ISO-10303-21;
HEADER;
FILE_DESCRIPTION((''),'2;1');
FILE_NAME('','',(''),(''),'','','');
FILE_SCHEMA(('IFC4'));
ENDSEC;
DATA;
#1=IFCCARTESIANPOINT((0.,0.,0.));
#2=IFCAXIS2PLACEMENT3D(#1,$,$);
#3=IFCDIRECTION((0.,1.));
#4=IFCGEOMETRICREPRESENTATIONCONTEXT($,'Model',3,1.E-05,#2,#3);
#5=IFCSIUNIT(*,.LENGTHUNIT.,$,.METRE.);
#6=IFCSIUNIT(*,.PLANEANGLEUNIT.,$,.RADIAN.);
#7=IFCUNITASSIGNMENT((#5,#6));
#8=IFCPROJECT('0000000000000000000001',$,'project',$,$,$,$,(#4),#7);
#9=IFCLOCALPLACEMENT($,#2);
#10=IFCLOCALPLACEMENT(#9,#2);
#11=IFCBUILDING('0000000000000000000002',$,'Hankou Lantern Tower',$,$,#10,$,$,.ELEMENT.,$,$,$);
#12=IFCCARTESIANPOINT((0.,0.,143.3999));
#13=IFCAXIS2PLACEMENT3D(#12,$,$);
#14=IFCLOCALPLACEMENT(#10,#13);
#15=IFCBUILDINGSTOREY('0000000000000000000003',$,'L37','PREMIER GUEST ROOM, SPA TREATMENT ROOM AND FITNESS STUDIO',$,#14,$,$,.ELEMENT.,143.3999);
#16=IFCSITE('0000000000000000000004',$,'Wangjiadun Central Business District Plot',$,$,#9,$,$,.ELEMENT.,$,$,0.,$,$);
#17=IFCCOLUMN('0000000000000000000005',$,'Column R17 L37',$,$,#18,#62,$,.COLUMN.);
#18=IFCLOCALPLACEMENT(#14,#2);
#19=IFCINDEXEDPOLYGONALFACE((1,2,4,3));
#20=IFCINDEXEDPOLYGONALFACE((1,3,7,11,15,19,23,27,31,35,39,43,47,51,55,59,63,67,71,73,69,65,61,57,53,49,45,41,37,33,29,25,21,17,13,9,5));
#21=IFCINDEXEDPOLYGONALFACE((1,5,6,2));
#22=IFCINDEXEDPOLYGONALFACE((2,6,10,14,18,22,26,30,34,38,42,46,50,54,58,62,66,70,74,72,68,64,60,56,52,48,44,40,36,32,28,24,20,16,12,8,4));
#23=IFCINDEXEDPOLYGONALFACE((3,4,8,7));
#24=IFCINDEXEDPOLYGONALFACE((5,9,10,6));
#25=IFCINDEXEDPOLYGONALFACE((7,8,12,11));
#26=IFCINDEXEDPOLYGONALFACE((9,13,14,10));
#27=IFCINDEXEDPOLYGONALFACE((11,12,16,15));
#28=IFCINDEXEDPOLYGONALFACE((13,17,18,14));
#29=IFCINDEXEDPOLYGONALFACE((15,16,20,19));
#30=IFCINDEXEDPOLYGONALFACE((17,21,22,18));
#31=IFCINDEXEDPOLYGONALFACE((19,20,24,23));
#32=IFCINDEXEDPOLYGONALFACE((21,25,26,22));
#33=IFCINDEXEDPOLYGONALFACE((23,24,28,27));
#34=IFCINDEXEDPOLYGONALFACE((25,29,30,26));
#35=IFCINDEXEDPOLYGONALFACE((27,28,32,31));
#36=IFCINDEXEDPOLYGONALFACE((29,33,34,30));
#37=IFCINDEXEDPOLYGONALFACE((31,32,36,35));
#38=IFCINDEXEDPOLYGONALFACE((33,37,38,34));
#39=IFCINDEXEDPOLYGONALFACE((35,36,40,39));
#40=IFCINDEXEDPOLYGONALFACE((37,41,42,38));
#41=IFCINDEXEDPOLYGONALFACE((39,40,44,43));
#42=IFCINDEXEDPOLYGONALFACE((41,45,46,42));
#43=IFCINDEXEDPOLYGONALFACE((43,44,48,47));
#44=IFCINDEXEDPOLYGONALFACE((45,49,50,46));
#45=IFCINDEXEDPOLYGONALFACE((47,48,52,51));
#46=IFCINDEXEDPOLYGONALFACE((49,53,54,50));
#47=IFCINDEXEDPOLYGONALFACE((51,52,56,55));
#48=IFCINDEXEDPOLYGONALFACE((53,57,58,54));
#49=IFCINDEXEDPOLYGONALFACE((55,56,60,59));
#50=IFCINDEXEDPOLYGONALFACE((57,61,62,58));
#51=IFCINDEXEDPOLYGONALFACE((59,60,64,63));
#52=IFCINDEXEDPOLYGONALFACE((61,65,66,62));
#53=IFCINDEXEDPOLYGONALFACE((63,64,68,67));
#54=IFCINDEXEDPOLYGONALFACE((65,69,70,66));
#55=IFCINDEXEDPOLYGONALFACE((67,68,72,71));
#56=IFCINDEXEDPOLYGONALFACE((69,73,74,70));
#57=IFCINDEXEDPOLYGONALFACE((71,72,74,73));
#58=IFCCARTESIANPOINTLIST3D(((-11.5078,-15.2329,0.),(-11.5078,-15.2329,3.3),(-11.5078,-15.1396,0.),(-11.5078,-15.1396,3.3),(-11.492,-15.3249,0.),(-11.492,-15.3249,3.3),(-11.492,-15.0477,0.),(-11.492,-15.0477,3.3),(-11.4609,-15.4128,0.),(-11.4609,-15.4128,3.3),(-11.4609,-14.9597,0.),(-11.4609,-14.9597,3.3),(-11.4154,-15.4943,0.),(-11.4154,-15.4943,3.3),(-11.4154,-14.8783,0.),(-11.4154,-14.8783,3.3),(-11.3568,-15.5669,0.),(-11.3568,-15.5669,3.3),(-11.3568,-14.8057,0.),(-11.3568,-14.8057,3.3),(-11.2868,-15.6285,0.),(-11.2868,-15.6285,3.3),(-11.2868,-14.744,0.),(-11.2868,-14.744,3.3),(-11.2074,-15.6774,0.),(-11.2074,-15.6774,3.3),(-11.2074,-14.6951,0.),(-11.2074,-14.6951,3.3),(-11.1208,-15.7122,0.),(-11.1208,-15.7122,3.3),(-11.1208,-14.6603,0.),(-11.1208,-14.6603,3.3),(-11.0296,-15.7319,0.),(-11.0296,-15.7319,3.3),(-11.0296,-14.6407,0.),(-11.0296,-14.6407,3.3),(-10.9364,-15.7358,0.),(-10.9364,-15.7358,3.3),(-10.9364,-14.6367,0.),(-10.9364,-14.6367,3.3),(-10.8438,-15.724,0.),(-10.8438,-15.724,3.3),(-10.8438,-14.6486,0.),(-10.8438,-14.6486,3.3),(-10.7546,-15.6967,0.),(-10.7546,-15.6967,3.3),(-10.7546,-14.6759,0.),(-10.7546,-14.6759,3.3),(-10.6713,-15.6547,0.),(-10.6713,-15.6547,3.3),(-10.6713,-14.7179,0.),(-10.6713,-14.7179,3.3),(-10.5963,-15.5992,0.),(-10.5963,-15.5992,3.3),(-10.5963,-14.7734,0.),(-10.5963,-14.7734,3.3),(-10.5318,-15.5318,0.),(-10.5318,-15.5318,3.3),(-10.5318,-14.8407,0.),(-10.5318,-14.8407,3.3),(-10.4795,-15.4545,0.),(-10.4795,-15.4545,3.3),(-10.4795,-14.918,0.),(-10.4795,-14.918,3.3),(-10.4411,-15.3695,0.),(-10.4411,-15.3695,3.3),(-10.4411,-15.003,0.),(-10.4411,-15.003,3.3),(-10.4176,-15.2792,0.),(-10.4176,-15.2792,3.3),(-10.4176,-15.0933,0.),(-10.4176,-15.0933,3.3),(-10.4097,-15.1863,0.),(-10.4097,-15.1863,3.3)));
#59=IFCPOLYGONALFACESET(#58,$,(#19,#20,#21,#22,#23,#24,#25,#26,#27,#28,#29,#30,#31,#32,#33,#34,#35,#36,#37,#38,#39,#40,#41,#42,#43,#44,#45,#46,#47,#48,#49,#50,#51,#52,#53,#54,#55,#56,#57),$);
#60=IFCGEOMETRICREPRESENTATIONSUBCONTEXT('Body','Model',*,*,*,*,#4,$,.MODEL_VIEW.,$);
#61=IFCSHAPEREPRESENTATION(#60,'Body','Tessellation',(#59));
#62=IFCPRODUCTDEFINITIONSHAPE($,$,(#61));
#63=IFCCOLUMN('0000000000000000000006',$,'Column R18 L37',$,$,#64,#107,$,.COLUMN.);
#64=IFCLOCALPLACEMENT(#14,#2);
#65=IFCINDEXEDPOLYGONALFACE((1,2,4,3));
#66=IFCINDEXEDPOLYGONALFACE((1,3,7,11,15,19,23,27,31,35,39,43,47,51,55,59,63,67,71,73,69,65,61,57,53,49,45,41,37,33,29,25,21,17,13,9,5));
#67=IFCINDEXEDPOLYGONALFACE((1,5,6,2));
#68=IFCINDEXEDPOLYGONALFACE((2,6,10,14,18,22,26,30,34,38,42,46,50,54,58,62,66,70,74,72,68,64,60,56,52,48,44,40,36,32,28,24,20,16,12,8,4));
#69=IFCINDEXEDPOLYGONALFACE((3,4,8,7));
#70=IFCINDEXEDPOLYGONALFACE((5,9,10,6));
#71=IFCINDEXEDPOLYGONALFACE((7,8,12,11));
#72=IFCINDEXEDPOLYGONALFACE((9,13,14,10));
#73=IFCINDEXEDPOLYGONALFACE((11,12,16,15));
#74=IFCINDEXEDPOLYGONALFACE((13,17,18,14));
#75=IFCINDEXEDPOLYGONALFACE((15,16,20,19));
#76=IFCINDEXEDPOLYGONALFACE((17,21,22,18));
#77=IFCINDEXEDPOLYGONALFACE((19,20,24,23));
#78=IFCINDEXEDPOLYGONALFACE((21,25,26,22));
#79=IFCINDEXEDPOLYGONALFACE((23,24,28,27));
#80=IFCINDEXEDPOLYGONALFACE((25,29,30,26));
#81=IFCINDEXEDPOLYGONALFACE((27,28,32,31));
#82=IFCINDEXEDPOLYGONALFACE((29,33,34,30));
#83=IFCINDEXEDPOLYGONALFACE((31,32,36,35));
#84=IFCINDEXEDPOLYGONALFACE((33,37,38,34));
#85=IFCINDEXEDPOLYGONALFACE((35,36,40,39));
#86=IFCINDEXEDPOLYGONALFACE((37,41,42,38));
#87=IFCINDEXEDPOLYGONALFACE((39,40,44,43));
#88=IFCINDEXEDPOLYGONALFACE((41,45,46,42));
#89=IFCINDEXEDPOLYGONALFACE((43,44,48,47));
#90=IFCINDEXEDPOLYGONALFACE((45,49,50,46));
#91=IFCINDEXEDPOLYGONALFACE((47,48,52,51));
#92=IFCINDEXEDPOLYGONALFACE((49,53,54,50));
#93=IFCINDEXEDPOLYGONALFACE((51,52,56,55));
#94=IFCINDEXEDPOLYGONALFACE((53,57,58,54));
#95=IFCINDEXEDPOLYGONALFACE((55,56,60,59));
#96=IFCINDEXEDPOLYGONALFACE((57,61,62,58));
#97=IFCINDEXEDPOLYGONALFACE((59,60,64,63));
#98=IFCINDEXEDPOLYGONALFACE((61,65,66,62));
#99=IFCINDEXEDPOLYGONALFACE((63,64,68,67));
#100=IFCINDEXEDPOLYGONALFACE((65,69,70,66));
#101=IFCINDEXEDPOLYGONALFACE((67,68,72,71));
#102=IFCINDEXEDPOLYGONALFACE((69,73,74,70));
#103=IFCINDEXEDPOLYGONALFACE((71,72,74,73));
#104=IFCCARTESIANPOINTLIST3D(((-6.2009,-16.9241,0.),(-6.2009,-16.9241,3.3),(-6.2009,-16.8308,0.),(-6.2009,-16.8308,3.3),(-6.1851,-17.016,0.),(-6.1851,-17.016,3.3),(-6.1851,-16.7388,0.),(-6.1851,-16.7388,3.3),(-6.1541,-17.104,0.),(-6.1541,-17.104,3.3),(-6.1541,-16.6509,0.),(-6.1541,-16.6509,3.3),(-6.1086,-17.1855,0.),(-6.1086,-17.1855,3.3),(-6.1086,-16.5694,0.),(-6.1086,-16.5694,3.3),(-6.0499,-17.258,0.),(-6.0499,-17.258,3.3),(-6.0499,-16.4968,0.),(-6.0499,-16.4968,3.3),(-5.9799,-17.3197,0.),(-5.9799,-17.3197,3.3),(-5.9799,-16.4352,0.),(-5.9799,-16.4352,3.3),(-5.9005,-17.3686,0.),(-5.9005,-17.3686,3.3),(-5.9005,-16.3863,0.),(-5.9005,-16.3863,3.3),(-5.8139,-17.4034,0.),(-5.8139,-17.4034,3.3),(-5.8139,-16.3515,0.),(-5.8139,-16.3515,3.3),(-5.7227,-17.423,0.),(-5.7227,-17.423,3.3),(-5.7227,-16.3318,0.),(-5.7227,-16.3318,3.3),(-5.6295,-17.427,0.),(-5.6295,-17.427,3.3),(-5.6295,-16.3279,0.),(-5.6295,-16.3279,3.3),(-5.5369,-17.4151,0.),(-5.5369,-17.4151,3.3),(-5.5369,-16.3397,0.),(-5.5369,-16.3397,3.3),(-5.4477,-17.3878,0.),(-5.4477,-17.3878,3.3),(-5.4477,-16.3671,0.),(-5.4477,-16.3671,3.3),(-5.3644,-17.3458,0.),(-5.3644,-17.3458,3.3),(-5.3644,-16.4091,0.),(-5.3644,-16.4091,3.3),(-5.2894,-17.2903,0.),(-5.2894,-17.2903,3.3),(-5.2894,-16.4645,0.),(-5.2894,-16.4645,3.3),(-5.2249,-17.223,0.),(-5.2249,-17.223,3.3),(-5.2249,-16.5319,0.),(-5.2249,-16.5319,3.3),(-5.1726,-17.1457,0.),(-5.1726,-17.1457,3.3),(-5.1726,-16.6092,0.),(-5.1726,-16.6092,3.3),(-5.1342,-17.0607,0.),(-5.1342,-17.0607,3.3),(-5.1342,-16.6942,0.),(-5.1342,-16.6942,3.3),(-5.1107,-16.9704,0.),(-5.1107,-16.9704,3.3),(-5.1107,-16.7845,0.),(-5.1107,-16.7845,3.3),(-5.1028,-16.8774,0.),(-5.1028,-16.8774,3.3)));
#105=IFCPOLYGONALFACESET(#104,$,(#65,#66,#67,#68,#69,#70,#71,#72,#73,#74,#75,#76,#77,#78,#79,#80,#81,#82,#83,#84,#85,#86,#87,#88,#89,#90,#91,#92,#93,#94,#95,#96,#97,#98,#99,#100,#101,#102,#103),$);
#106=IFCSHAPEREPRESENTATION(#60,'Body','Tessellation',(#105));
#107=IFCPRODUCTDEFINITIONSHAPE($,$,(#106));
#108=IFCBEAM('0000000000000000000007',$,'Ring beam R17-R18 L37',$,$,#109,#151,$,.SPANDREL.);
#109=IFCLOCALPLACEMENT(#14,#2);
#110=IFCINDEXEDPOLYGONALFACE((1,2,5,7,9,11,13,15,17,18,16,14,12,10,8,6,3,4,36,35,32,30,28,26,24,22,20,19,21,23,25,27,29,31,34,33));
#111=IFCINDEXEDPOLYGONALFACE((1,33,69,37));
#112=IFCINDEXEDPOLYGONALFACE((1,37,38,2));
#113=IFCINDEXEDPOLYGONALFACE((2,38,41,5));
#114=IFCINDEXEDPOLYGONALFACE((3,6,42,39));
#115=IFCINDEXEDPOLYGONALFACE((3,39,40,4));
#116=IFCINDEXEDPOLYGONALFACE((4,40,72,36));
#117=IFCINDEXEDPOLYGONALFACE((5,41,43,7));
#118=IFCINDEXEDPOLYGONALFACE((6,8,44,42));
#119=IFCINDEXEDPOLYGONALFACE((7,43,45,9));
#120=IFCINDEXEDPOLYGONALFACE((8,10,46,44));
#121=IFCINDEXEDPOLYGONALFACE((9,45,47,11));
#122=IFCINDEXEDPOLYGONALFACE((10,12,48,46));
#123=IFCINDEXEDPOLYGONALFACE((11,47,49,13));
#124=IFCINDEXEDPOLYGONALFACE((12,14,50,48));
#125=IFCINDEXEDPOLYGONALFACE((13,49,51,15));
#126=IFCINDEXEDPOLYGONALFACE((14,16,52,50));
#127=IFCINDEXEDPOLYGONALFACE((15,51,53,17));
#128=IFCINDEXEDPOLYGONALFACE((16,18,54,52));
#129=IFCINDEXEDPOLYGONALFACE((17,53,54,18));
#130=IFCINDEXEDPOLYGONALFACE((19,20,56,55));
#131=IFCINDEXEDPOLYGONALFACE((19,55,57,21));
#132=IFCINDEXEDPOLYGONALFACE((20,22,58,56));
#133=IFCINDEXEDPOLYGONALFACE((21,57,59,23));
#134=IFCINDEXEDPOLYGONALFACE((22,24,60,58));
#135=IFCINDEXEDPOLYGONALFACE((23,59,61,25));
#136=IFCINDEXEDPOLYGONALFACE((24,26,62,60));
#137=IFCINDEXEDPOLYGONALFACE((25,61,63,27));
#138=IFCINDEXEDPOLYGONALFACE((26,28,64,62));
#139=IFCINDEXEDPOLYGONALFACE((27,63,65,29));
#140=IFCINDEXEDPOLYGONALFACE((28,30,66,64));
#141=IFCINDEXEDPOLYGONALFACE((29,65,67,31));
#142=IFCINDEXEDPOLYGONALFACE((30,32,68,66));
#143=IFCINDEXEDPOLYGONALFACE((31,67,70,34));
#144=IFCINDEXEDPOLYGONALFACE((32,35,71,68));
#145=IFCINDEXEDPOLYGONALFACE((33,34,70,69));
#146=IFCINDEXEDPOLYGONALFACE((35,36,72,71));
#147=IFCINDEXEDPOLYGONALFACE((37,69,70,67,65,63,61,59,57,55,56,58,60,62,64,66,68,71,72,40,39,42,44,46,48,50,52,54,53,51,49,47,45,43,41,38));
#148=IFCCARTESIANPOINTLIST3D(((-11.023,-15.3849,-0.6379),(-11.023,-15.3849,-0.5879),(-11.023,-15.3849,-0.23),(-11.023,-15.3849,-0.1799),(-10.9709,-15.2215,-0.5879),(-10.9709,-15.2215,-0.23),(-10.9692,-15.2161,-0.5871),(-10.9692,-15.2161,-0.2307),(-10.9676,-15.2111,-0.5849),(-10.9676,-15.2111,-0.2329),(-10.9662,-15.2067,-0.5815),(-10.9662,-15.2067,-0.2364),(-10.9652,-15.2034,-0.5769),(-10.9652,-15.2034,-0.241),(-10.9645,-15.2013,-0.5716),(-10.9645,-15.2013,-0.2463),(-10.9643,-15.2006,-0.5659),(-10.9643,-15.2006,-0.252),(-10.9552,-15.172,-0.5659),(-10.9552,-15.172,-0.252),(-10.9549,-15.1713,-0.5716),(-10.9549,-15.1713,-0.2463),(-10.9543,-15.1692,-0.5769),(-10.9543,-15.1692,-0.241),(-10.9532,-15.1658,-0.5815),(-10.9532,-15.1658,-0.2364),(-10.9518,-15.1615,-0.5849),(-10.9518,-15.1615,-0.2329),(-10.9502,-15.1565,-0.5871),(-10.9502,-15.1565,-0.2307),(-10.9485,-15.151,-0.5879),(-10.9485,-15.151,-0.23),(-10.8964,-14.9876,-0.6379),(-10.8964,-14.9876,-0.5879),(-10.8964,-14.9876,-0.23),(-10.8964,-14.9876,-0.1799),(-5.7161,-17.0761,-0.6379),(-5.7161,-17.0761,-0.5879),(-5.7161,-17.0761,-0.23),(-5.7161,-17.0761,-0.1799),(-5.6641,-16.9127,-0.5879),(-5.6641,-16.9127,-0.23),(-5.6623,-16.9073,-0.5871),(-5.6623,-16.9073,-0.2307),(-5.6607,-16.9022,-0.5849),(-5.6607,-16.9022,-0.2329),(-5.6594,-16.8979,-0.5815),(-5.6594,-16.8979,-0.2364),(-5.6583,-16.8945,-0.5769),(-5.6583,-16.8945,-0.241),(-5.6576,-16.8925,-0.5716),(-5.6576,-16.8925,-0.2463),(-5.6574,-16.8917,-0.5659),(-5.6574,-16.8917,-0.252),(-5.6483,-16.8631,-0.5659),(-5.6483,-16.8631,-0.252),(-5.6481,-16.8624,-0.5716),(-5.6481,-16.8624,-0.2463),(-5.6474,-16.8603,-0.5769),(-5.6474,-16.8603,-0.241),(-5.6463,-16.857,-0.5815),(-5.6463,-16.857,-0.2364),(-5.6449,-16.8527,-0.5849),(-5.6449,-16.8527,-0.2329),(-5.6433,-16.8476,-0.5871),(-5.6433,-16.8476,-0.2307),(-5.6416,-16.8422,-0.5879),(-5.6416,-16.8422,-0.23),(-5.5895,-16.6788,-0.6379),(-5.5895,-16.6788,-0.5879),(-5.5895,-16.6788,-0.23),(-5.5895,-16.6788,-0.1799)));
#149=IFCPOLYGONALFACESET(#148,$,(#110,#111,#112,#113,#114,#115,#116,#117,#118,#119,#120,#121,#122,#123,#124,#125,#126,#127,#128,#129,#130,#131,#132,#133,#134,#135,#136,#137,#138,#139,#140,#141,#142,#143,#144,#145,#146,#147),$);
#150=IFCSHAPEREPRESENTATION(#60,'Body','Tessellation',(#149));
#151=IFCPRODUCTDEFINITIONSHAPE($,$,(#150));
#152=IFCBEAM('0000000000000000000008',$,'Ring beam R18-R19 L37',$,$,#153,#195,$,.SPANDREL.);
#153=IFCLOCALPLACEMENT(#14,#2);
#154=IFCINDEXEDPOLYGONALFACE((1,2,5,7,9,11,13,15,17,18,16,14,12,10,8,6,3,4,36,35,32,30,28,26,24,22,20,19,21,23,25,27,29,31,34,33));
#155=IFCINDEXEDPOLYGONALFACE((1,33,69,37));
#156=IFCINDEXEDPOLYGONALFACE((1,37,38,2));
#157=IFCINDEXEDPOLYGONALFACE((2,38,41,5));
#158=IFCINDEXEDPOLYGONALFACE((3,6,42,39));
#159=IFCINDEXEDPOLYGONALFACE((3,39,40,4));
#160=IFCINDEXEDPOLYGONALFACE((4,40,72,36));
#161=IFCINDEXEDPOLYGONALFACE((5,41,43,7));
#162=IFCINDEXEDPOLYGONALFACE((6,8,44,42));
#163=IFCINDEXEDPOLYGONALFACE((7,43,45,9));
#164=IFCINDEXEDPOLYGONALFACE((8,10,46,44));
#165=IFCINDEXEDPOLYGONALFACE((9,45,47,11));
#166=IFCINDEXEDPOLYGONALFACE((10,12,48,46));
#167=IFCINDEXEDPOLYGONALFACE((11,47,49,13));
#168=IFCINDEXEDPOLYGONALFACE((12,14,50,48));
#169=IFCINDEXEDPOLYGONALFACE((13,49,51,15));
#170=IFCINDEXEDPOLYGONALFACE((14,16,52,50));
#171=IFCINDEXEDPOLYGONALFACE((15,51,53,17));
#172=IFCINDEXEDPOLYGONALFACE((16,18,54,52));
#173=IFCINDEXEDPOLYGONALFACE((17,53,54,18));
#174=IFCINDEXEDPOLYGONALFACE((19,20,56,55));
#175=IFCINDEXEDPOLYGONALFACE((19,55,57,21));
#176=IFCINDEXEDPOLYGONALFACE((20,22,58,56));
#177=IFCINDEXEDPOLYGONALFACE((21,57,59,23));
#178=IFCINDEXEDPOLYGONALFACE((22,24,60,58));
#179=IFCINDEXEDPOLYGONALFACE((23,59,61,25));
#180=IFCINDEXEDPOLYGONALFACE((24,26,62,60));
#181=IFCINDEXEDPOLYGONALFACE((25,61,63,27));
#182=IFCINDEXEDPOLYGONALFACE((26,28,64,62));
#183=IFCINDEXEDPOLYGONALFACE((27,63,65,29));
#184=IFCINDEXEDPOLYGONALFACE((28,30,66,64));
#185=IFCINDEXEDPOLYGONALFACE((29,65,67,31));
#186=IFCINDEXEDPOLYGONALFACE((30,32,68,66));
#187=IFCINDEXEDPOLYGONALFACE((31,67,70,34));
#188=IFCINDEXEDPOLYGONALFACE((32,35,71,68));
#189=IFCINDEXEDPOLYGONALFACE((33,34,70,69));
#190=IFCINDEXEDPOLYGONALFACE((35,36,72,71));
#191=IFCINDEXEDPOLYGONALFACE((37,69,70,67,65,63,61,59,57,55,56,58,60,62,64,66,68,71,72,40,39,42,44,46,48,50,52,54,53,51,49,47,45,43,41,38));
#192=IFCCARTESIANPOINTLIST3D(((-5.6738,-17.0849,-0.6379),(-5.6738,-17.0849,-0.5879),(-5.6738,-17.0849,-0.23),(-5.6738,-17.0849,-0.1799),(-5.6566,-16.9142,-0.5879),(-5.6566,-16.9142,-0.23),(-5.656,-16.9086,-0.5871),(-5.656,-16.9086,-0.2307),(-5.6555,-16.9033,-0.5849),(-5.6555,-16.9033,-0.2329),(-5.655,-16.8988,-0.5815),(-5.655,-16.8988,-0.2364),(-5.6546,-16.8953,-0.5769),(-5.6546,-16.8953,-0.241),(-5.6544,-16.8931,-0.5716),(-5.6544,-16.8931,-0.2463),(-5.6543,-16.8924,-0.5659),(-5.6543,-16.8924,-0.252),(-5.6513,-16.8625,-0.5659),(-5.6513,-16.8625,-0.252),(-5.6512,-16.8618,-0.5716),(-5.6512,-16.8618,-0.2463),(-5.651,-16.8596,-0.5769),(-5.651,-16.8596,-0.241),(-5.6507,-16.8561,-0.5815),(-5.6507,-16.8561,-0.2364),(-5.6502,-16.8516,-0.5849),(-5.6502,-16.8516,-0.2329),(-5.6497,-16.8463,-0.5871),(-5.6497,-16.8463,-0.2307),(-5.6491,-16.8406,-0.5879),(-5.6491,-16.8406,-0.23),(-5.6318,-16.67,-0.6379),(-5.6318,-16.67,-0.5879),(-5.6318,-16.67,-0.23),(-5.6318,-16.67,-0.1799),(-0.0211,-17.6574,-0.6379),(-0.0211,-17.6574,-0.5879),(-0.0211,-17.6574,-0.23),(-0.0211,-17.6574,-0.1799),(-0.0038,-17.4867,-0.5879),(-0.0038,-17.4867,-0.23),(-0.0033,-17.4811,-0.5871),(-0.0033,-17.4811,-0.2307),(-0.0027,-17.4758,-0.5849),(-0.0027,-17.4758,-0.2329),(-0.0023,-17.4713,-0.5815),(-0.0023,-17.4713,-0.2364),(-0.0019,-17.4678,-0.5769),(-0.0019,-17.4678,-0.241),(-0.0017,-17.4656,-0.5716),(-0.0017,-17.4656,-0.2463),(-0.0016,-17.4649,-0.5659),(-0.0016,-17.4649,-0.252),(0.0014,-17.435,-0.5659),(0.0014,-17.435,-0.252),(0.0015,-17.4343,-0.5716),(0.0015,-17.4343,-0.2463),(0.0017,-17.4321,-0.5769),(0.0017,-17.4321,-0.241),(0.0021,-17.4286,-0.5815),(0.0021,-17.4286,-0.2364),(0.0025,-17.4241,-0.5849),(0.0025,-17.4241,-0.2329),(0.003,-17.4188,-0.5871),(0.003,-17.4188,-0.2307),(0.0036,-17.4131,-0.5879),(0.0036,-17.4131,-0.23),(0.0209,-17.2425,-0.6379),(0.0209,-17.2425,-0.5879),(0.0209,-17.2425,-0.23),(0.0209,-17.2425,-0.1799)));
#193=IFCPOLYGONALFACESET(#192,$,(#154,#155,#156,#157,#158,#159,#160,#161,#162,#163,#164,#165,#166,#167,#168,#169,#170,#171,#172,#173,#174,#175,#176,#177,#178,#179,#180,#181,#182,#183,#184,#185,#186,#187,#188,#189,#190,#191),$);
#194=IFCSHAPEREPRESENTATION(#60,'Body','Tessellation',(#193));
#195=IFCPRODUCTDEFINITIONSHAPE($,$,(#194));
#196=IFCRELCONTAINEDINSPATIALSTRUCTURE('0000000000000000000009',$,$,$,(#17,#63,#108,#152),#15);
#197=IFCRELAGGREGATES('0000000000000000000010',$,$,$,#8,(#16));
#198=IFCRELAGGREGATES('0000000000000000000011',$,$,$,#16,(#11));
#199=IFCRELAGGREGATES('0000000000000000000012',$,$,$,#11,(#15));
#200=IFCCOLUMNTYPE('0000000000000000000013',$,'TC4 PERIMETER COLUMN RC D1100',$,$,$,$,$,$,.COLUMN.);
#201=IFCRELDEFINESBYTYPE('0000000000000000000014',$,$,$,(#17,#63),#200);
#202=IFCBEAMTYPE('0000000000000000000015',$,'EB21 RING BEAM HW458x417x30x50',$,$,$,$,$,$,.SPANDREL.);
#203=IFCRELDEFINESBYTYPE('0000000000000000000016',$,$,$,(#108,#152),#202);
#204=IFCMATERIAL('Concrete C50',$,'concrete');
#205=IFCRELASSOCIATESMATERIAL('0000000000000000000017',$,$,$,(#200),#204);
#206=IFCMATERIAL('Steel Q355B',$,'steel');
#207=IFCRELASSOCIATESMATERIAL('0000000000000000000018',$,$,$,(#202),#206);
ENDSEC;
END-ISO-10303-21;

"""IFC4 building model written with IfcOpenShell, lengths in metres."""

from ifc_helpers import new_model, si_unit, direction, frame, origin, origin_2d, place, context, subcontext, project, spatial, circle, i_section, extrude, material, material_profile, profile_set, type_object, element, save


model = new_model("IFC4")

# Units and contexts
model_context = context("Model", 3, precision=1e-05, world=origin(), true_north=direction((0.0, 1.0)))
body_context = subcontext(model_context, "Body", "Model", "MODEL_VIEW")
ifc_project = project(units=[si_unit("LENGTHUNIT", "METRE"), si_unit("PLANEANGLEUNIT", "RADIAN")], contexts=[model_context])

# Site, building, storey
site_placement = place(None, origin())
site = spatial("IfcSite", under=ifc_project, at=site_placement, Name="Wangjiadun Central Business District Plot", CompositionType="ELEMENT", RefElevation=0.0)
building_placement = place(site_placement, origin())
building = spatial("IfcBuilding", under=site, at=building_placement, Name="Hankou Lantern Tower", CompositionType="ELEMENT")
storey_placement = place(building_placement, frame((0.0, 0.0, 143.3999)))
storey = spatial("IfcBuildingStorey", under=building, at=storey_placement, Name="L37", Description="PREMIER GUEST ROOM, SPA TREATMENT ROOM AND FITNESS STUDIO", CompositionType="ELEMENT", Elevation=143.3999)

# Columns
ifc_material_1 = material(Name="Concrete C50", Category="concrete")
ifc_material_profile_1 = material_profile(ifc_material_1, circle(Radius=0.55, at=origin_2d()), Name="RC D1100")
ifc_profile_set_1 = profile_set([ifc_material_profile_1], Name="Concrete C50")
column_type = type_object("IfcColumnType", Name="TC4 PERIMETER COLUMN RC D1100", PredefinedType="COLUMN", material=ifc_profile_set_1)
for number, where, z_axis, x_axis, name in (
    (1, (-10.9597, -15.1863, 0.0), (0.0, 0.0, 1.0), (1.0, 0.0, 0.0), "Column R17 L37"),
    (2, (-5.6528, -16.8774, 0.0), (0.0, 0.0, 1.0), (1.0, 0.0, 0.0), "Column R18 L37"),
):
    element("IfcColumn", number, at=place(storey_placement, frame(where, z_axis=z_axis, x_axis=x_axis)), inside=storey, type_object=column_type, Name=name, PredefinedType="COLUMN", context=body_context, shape_type="SweptSolid", body=[
        extrude(circle(Radius=0.55, at=origin_2d()), origin(), (0.0, 0.0, 1.0), 3.3),
    ])

# Beams
ifc_material_2 = material(Name="Steel Q355B", Category="steel")
ifc_material_profile_2 = material_profile(ifc_material_2, i_section(OverallWidth=0.417, OverallDepth=0.458, WebThickness=0.03, FlangeThickness=0.05, FilletRadius=0.022, at=origin_2d()), Name="HW458x417x30x50")
ifc_profile_set_2 = profile_set([ifc_material_profile_2], Name="Steel Q355B")
beam_type_1 = type_object("IfcBeamType", Name="EB21 RING BEAM HW458x417x30x50", PredefinedType="SPANDREL", material=ifc_profile_set_2)
beam_1_placement = place(storey_placement, frame((-10.9597, -15.1863, -0.4089), z_axis=(0.95279, -0.303629, 0.0), x_axis=(0.303629, 0.95279, 0.0)))
element("IfcBeam", 3, at=beam_1_placement, inside=storey, type_object=beam_type_1, Name="Ring beam R17-R18 L37", PredefinedType="SPANDREL", context=body_context, shape_type="SweptSolid", body=[
    extrude(i_section(OverallWidth=0.417, OverallDepth=0.458, WebThickness=0.03, FlangeThickness=0.05, FilletRadius=0.022, at=origin_2d()), origin(), (0.0, 0.0, 1.0), 5.5698),
])
beam_2_placement = place(storey_placement, frame((-5.6528, -16.8774, -0.4089), z_axis=(0.99491, -0.100763, 0.0), x_axis=(0.100763, 0.99491, 0.0)))
element("IfcBeam", 4, at=beam_2_placement, inside=storey, type_object=beam_type_1, Name="Ring beam R18-R19 L37", PredefinedType="SPANDREL", context=body_context, shape_type="SweptSolid", body=[
    extrude(i_section(OverallWidth=0.417, OverallDepth=0.458, WebThickness=0.03, FlangeThickness=0.05, FilletRadius=0.022, at=origin_2d()), origin(), (0.0, 0.0, 1.0), 5.6816),
])

save(model, "model.ifc")
